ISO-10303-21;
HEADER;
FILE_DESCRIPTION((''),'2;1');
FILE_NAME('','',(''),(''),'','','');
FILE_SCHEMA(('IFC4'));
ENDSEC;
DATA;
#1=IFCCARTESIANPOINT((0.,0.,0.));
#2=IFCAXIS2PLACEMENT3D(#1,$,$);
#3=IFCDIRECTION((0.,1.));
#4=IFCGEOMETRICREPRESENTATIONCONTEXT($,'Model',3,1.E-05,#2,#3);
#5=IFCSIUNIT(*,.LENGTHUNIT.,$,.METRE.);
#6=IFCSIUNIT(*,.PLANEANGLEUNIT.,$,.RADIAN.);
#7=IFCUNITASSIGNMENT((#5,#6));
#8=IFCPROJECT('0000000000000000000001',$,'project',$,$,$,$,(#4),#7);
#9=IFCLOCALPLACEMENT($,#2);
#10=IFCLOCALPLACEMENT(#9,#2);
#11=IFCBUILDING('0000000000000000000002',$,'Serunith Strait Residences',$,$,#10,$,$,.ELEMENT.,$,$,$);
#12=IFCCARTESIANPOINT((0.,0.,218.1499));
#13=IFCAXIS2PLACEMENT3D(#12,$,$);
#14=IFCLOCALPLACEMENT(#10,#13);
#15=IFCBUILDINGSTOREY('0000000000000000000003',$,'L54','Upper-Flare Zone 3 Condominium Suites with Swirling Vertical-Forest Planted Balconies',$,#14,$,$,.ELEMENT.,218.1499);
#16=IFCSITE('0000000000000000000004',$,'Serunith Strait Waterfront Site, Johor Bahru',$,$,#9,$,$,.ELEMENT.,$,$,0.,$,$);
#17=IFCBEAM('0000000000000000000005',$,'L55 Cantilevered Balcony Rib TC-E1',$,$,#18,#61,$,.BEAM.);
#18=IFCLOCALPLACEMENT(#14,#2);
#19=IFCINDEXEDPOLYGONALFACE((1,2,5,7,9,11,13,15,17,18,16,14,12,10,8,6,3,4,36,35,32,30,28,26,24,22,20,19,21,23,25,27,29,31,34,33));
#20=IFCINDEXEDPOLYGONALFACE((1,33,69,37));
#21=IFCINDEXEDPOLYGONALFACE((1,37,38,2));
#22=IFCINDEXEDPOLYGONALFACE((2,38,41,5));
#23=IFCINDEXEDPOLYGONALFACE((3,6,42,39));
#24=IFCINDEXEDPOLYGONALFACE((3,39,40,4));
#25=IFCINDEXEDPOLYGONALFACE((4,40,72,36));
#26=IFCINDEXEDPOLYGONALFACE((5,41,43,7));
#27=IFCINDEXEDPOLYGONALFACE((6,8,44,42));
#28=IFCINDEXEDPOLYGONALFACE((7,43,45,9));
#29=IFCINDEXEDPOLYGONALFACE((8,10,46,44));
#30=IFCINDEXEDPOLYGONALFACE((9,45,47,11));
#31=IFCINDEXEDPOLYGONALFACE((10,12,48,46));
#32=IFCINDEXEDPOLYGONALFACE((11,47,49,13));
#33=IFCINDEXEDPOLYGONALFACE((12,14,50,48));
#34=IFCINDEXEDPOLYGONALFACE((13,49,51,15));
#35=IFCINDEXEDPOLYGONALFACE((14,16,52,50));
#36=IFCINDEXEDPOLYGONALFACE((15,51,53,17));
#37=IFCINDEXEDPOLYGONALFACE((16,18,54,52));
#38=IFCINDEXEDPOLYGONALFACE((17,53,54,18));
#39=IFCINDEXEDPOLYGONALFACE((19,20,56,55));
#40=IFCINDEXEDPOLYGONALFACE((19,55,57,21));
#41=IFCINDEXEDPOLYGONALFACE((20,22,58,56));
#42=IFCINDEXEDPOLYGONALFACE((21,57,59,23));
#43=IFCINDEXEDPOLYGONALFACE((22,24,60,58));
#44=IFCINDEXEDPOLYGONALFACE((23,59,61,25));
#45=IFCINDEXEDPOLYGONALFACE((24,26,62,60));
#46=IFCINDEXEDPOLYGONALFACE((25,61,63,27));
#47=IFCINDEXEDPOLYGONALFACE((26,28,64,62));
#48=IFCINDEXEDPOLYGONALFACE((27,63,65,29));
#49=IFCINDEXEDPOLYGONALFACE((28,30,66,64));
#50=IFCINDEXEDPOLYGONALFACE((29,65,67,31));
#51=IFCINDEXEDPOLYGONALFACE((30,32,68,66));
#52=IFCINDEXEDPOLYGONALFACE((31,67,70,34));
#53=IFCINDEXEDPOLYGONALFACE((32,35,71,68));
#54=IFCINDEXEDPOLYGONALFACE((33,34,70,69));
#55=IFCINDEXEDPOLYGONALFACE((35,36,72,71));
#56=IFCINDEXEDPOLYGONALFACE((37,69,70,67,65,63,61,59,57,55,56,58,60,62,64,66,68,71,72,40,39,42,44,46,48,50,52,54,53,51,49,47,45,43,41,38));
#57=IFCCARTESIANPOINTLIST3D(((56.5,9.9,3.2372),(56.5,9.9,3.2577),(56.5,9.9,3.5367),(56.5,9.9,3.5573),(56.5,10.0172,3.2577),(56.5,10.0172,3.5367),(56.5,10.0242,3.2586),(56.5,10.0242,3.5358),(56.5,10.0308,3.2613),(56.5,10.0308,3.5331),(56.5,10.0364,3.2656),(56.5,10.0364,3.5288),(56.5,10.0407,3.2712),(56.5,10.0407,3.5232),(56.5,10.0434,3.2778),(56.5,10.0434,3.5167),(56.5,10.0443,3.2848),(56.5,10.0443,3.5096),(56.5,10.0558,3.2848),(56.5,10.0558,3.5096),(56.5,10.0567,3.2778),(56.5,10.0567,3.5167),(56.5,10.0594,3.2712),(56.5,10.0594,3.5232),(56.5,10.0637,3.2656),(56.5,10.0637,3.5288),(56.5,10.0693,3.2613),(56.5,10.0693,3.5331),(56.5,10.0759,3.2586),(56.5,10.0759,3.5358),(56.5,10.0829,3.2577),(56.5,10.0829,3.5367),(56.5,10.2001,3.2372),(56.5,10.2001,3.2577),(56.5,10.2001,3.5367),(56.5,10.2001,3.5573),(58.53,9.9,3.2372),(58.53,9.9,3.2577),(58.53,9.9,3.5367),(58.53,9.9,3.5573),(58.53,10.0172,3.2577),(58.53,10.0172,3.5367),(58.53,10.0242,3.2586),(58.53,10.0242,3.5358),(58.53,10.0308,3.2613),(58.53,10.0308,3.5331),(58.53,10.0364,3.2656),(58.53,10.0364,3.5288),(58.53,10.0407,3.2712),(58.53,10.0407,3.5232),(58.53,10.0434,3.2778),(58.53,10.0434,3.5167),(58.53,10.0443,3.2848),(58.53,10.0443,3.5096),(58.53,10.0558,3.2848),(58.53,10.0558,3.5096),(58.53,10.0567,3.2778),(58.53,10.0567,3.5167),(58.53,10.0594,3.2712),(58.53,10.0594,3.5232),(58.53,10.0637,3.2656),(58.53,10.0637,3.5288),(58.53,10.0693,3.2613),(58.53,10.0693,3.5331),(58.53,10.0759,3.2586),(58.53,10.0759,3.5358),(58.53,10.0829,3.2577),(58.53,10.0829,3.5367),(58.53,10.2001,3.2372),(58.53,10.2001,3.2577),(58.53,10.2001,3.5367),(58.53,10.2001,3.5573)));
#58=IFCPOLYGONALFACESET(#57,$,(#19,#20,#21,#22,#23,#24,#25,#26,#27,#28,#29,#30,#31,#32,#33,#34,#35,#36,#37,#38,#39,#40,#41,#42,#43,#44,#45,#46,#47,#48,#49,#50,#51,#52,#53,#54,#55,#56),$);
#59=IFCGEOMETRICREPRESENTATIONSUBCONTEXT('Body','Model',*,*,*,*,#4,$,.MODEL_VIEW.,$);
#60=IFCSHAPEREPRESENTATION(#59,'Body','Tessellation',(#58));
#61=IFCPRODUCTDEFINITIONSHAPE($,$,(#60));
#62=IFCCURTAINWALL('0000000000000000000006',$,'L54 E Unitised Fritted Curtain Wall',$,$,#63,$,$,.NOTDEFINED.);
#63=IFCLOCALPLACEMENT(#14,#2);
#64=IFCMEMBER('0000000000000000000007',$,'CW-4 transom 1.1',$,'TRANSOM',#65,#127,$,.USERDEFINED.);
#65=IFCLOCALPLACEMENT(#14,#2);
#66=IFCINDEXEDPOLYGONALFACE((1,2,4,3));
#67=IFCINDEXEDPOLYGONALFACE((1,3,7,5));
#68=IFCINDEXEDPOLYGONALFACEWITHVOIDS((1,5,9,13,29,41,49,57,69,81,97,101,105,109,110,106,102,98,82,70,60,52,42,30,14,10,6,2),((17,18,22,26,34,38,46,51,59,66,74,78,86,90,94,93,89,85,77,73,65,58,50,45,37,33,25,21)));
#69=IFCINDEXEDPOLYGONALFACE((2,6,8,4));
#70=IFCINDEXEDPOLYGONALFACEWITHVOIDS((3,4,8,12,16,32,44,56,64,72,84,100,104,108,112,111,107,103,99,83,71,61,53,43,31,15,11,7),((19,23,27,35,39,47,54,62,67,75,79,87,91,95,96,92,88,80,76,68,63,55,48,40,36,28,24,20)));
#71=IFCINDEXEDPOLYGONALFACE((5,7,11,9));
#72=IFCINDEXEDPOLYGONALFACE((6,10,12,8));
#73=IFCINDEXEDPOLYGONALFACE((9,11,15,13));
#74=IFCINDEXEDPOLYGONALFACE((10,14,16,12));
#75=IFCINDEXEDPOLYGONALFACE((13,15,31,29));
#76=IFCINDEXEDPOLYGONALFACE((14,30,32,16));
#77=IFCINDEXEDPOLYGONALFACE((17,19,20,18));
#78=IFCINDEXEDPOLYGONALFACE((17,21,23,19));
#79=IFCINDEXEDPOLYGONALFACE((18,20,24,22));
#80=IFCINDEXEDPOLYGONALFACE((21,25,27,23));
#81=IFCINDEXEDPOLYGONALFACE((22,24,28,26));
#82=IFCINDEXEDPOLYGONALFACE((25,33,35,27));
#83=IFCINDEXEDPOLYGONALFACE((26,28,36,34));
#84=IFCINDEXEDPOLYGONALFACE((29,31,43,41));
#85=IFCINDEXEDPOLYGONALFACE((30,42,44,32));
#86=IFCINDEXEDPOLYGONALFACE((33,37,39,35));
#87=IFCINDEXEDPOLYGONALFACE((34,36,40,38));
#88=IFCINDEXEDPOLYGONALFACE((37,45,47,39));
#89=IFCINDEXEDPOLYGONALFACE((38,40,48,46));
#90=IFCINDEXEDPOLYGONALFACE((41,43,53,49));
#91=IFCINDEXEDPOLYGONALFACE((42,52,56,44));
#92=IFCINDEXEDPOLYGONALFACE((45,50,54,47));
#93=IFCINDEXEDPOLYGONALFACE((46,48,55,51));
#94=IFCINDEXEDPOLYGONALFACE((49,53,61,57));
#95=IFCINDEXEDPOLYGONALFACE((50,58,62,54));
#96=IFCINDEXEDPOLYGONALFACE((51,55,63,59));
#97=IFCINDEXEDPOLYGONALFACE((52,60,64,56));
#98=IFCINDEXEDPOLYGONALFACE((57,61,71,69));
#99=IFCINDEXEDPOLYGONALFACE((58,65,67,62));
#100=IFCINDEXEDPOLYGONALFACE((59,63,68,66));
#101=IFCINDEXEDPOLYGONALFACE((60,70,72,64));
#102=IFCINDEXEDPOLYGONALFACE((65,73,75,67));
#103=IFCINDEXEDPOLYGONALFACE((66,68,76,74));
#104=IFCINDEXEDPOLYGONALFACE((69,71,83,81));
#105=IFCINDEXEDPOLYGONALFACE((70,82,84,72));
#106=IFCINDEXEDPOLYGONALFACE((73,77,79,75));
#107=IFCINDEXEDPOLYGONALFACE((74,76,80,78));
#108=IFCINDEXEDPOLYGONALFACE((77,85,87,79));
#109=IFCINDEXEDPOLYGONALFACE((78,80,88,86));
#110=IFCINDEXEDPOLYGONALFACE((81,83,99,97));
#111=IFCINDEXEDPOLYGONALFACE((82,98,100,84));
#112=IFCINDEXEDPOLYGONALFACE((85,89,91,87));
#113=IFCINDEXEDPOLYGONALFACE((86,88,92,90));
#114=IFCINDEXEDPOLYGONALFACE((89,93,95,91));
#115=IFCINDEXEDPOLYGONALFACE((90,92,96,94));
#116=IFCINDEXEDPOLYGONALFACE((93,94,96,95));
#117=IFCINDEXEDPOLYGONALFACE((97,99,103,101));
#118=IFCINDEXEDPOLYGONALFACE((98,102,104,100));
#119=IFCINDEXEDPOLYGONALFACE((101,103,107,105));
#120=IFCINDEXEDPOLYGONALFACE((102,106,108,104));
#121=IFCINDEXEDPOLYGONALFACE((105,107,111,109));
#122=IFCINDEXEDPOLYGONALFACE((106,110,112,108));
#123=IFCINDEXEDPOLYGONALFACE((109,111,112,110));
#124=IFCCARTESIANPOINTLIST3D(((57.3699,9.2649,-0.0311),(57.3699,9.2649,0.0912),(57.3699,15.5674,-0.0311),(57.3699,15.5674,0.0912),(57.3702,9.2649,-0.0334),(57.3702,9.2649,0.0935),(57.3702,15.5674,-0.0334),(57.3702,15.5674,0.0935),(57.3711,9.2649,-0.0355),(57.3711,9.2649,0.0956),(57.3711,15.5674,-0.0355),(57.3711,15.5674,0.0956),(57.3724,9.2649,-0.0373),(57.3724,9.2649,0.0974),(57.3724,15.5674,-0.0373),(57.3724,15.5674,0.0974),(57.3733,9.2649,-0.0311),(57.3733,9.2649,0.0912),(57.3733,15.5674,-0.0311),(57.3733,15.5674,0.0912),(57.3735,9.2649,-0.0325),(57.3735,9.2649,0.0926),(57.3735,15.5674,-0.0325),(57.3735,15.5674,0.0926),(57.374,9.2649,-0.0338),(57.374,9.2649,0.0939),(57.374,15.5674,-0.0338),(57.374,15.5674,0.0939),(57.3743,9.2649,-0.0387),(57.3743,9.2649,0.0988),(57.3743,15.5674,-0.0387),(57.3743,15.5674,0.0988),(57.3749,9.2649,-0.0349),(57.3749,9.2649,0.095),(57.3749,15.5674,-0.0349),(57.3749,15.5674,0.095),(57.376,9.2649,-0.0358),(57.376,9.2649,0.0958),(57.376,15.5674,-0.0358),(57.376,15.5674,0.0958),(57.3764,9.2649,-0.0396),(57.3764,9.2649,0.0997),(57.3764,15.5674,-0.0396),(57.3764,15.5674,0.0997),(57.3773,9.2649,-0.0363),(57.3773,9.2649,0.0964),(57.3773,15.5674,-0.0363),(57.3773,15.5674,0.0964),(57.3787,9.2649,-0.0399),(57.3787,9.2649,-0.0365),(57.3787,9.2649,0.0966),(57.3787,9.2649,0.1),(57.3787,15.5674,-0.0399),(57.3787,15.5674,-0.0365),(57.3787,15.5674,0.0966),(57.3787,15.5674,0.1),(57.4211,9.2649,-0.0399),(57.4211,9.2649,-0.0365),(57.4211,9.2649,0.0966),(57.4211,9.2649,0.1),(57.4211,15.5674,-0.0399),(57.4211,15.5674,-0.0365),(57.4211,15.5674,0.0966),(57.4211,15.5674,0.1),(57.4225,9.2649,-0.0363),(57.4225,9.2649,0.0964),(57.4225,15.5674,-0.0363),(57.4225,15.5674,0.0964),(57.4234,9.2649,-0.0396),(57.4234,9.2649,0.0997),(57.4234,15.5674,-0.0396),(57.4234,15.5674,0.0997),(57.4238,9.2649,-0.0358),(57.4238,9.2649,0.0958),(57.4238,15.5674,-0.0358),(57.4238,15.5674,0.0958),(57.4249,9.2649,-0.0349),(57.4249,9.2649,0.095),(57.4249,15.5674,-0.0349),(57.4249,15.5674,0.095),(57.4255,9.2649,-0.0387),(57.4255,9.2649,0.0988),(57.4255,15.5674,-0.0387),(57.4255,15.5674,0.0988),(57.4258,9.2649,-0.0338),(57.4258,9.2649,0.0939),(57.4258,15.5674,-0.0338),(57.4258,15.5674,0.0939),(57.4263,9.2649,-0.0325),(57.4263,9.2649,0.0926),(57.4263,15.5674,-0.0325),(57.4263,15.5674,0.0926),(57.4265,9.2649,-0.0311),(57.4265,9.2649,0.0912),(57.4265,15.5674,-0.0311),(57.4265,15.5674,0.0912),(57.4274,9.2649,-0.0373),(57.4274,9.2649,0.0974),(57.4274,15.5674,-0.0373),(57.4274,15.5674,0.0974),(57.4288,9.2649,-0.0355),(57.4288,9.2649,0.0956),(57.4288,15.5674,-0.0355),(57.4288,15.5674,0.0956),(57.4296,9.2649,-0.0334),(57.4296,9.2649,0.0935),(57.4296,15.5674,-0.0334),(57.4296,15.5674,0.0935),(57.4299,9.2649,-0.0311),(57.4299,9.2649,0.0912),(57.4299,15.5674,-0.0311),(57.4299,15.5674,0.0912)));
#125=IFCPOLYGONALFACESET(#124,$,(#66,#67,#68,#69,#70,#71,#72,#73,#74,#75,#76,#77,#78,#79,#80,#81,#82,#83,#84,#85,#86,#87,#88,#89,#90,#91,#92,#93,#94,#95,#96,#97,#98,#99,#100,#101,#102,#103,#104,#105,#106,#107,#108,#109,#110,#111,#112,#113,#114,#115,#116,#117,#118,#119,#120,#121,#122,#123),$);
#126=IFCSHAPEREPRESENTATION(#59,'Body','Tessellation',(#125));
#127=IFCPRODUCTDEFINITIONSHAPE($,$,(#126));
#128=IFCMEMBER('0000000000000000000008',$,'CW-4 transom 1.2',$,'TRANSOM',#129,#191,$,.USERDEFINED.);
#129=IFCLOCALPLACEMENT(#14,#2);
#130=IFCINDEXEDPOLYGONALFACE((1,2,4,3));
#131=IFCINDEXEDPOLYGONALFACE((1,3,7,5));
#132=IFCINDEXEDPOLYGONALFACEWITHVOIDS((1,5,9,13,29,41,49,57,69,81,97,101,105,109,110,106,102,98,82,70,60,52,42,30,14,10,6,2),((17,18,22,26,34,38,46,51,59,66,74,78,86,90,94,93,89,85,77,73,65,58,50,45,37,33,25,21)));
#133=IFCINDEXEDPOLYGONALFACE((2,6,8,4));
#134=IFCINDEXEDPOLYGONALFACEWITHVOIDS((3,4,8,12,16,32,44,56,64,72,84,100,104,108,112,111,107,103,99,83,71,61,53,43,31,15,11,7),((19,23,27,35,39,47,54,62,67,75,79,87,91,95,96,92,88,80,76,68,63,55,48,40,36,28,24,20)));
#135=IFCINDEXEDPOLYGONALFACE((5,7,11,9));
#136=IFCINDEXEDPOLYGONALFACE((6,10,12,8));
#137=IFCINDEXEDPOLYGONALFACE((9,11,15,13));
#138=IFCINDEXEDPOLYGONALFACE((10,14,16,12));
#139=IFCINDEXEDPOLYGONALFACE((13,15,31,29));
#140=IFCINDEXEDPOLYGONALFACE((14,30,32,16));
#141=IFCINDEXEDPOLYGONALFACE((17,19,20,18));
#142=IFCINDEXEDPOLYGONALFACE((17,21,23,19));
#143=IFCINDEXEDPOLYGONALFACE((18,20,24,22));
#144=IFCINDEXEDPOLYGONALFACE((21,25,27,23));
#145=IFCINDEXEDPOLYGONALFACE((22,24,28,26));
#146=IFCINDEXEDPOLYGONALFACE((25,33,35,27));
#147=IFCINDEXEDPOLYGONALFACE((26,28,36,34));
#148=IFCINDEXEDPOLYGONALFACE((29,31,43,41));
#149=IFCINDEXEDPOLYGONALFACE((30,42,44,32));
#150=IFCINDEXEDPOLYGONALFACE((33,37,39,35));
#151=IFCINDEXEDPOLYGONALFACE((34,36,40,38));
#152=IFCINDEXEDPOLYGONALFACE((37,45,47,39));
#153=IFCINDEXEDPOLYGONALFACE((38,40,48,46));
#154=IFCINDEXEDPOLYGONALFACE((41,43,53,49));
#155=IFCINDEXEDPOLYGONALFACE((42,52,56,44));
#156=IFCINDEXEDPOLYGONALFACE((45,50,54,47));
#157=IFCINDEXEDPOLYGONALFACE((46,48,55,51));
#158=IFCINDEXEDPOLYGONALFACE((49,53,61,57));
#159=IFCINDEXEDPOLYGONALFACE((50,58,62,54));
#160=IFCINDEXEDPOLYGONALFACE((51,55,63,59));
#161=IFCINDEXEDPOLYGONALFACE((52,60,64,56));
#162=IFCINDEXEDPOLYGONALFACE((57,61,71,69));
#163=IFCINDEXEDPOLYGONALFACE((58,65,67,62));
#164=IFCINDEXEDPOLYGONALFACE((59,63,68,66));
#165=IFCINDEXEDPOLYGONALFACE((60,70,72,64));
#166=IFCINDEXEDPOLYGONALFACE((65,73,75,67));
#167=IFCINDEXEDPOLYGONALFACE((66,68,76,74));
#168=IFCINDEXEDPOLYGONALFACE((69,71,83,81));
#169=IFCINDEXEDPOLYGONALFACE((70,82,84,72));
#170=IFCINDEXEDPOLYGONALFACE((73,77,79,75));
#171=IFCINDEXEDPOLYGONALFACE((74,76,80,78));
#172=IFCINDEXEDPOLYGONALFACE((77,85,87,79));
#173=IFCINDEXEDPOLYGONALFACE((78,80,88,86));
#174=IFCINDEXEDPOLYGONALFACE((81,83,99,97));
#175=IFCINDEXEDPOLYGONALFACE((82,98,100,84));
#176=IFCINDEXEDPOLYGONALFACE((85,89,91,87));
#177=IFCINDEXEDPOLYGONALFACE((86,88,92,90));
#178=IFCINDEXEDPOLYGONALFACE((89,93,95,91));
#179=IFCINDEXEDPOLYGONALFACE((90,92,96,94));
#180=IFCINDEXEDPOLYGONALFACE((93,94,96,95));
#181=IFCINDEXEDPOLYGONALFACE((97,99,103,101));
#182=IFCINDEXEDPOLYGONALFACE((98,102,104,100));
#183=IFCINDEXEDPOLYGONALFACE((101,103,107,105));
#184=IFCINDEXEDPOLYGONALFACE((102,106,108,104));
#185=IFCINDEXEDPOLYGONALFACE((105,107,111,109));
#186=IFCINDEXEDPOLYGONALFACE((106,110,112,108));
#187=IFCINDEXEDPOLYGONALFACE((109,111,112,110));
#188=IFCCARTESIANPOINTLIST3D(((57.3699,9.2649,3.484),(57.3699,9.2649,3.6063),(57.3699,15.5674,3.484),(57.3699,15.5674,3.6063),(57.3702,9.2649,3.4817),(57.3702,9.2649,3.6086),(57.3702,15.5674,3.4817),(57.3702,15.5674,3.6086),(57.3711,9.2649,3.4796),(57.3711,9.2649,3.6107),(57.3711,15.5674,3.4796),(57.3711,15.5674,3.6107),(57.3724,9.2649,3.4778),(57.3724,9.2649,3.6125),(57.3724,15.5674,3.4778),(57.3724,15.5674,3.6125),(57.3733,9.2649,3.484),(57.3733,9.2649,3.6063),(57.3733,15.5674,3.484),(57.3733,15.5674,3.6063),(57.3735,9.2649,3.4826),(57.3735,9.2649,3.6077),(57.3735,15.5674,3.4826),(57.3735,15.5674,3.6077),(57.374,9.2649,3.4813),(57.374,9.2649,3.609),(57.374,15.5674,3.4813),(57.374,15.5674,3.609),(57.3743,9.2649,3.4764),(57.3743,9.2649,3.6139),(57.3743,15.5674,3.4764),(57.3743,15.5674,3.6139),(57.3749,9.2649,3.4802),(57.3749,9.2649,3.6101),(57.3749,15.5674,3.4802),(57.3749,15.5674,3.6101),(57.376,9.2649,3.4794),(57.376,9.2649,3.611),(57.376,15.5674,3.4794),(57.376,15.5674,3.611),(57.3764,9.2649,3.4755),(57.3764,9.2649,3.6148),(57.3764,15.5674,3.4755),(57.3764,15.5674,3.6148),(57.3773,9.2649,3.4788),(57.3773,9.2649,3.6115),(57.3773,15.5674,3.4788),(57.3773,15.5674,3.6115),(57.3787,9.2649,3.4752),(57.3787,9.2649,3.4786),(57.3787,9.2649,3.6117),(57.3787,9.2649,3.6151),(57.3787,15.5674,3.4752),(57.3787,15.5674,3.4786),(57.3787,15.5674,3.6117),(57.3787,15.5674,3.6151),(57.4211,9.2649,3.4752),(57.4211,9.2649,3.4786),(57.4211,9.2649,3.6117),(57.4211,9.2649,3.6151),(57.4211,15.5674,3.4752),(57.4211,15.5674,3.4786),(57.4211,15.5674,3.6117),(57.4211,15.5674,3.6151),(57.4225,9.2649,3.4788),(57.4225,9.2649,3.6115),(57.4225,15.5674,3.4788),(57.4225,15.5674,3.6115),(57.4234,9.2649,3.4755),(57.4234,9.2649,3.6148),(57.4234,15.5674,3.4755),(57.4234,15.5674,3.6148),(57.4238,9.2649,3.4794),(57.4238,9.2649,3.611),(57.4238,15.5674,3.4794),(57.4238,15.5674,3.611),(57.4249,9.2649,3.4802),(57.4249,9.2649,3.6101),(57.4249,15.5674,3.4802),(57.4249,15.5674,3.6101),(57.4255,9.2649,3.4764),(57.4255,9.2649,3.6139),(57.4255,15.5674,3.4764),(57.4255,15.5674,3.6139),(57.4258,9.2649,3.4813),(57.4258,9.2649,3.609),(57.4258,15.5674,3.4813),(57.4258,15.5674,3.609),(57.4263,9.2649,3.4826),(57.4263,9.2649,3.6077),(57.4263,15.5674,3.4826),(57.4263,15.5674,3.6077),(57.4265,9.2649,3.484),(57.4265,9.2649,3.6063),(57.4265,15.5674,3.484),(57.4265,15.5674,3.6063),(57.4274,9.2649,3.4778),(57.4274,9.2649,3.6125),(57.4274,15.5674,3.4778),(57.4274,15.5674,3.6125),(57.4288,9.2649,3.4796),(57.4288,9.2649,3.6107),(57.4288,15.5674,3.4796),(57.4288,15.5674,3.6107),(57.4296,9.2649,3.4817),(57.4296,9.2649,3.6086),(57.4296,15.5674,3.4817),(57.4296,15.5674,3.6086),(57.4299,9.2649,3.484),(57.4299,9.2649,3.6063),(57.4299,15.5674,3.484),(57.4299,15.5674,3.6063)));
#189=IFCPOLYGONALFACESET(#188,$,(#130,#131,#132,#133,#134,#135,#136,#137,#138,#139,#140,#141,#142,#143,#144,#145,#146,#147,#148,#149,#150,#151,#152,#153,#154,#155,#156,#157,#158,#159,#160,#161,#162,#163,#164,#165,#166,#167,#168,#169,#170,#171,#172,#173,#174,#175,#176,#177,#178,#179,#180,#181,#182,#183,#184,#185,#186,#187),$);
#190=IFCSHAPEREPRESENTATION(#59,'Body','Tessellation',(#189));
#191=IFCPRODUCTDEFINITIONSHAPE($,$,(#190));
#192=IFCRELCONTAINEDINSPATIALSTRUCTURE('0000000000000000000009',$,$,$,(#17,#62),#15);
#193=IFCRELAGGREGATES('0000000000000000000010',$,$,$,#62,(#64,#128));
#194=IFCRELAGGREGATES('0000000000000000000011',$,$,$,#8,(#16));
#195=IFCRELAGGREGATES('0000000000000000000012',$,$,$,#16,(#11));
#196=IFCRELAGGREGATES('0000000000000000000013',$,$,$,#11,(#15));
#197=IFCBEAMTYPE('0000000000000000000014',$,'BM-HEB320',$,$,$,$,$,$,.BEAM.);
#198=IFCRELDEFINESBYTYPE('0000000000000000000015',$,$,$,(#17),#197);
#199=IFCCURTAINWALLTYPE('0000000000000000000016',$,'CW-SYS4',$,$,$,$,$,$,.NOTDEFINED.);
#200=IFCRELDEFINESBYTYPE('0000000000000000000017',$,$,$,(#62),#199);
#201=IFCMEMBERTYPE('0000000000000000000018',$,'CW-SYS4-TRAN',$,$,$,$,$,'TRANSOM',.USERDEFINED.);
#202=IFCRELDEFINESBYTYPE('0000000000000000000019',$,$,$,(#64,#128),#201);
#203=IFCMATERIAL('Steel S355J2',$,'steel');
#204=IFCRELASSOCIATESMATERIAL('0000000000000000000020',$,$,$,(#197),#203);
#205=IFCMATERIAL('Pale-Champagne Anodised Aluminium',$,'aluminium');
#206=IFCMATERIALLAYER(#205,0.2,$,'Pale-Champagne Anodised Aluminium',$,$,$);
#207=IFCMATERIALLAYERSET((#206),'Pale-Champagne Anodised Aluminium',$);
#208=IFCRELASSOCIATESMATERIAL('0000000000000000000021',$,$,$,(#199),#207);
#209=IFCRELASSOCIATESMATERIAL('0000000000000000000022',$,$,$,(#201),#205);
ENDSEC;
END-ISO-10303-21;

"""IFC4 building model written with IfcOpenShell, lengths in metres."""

from ifc_helpers import new_model, si_unit, direction, frame, origin, origin_2d, place, context, subcontext, project, spatial, hollow_rectangle, i_section, extrude, source, transform, mapped, material, layer, layer_set, material_profile, profile_set, type_object, element, aggregate, save


model = new_model("IFC4")

# Units and contexts
model_context = context("Model", 3, precision=1e-05, world=origin(), true_north=direction((0.0, 1.0)))
body_context = subcontext(model_context, "Body", "Model", "MODEL_VIEW")
ifc_project = project(units=[si_unit("LENGTHUNIT", "METRE"), si_unit("PLANEANGLEUNIT", "RADIAN")], contexts=[model_context])

# Site, building, storey
site_placement = place(None, origin())
site = spatial("IfcSite", under=ifc_project, at=site_placement, Name="Serunith Strait Waterfront Site, Johor Bahru", CompositionType="ELEMENT", RefElevation=0.0)
building_placement = place(site_placement, origin())
building = spatial("IfcBuilding", under=site, at=building_placement, Name="Serunith Strait Residences", CompositionType="ELEMENT")
storey_placement = place(building_placement, frame((0.0, 0.0, 218.1499)))
storey = spatial("IfcBuildingStorey", under=building, at=storey_placement, Name="L54", Description="Upper-Flare Zone 3 Condominium Suites with Swirling Vertical-Forest Planted Balconies", CompositionType="ELEMENT", Elevation=218.1499)

# Beam
ifc_material_1 = material(Name="Steel S355J2", Category="steel")
ifc_material_profile_1 = material_profile(ifc_material_1, i_section(OverallWidth=0.3, OverallDepth=0.3201, WebThickness=0.0115, FlangeThickness=0.0205, FilletRadius=0.0271, at=origin_2d()), Name="HEB 320")
ifc_profile_set_1 = profile_set([ifc_material_profile_1], Name="Steel S355J2")
beam_type_1 = type_object("IfcBeamType", Name="BM-HEB320", PredefinedType="BEAM", material=ifc_profile_set_1)
shared_shape_1 = source(origin(), body_context, "Body", "SweptSolid", [
    extrude(i_section(OverallWidth=0.3, OverallDepth=0.3201, WebThickness=0.0115, FlangeThickness=0.0205, FilletRadius=0.0271, at=origin_2d()), origin(), (0.0, 0.0, 1.0), 2.03),
])
for number, where, z_axis, x_axis, name in (
    (1, (56.5, 10.05, 3.3972), (1.0, 0.0, 0.0), (0.0, 1.0, 0.0), "L55 Cantilevered Balcony Rib TC-E1"),
):
    element("IfcBeam", number, at=place(storey_placement, frame(where, z_axis=z_axis, x_axis=x_axis)), inside=storey, type_object=beam_type_1, Name=name, PredefinedType="BEAM", context=body_context, shape_type="MappedRepresentation", body=[
        mapped(shared_shape_1, transform((0.0, 0.0, 0.0), scale=1.0)),
    ])

# Curtain wall, members
ifc_material_2 = material(Name="Pale-Champagne Anodised Aluminium", Category="aluminium")
ifc_layer_1 = layer(ifc_material_2, 0.2, Name="Pale-Champagne Anodised Aluminium")
ifc_layer_set_1 = layer_set([ifc_layer_1], Name="Pale-Champagne Anodised Aluminium")
curtain_wall_type = type_object("IfcCurtainWallType", Name="CW-SYS4", PredefinedType="NOTDEFINED", material=ifc_layer_set_1)
curtain_wall_1_placement = place(storey_placement, origin())
curtain_wall_1 = element("IfcCurtainWall", 2, at=curtain_wall_1_placement, inside=storey, type_object=curtain_wall_type, Name="L54 E Unitised Fritted Curtain Wall", PredefinedType="NOTDEFINED")
ifc_material_profile_2 = material_profile(ifc_material_2, hollow_rectangle(XDim=0.0601, YDim=0.1399, WallThickness=0.0034, InnerFilletRadius=0.0054, OuterFilletRadius=0.0088, at=origin_2d()), Name="ALU 140x60x3.5")
ifc_profile_set_2 = profile_set([ifc_material_profile_2], Name="Pale-Champagne Anodised Aluminium")
member_type_1 = type_object("IfcMemberType", Name="CW-SYS4-TRAN", ElementType="TRANSOM", PredefinedType="USERDEFINED", material=ifc_profile_set_2)
shared_shape_2 = source(origin(), body_context, "Body", "SweptSolid", [
    extrude(hollow_rectangle(XDim=0.0601, YDim=0.1399, WallThickness=0.0034, InnerFilletRadius=0.0054, OuterFilletRadius=0.0088, at=origin_2d()), origin(), (0.0, 0.0, 1.0), 6.3025),
])
member_1_placement = place(storey_placement, frame((57.3999, 9.2649, 0.03), z_axis=(0.0, 1.0, 0.0), x_axis=(-1.0, 0.0, 0.0)))
member_1 = element("IfcMember", 3, at=member_1_placement, type_object=member_type_1, Name="CW-4 transom 1.1", ObjectType="TRANSOM", PredefinedType="USERDEFINED", context=body_context, shape_type="MappedRepresentation", body=[
    mapped(shared_shape_2, transform((0.0, 0.0, 0.0), scale=1.0)),
])
member_2_placement = place(storey_placement, frame((57.3999, 9.2649, 3.5452), z_axis=(0.0, 1.0, 0.0), x_axis=(-1.0, 0.0, 0.0)))
member_2 = element("IfcMember", 4, at=member_2_placement, type_object=member_type_1, Name="CW-4 transom 1.2", ObjectType="TRANSOM", PredefinedType="USERDEFINED", context=body_context, shape_type="MappedRepresentation", body=[
    mapped(shared_shape_2, transform((0.0, 0.0, 0.0), scale=1.0)),
])

aggregate(curtain_wall_1, [member_1, member_2])

save(model, "model.ifc")
